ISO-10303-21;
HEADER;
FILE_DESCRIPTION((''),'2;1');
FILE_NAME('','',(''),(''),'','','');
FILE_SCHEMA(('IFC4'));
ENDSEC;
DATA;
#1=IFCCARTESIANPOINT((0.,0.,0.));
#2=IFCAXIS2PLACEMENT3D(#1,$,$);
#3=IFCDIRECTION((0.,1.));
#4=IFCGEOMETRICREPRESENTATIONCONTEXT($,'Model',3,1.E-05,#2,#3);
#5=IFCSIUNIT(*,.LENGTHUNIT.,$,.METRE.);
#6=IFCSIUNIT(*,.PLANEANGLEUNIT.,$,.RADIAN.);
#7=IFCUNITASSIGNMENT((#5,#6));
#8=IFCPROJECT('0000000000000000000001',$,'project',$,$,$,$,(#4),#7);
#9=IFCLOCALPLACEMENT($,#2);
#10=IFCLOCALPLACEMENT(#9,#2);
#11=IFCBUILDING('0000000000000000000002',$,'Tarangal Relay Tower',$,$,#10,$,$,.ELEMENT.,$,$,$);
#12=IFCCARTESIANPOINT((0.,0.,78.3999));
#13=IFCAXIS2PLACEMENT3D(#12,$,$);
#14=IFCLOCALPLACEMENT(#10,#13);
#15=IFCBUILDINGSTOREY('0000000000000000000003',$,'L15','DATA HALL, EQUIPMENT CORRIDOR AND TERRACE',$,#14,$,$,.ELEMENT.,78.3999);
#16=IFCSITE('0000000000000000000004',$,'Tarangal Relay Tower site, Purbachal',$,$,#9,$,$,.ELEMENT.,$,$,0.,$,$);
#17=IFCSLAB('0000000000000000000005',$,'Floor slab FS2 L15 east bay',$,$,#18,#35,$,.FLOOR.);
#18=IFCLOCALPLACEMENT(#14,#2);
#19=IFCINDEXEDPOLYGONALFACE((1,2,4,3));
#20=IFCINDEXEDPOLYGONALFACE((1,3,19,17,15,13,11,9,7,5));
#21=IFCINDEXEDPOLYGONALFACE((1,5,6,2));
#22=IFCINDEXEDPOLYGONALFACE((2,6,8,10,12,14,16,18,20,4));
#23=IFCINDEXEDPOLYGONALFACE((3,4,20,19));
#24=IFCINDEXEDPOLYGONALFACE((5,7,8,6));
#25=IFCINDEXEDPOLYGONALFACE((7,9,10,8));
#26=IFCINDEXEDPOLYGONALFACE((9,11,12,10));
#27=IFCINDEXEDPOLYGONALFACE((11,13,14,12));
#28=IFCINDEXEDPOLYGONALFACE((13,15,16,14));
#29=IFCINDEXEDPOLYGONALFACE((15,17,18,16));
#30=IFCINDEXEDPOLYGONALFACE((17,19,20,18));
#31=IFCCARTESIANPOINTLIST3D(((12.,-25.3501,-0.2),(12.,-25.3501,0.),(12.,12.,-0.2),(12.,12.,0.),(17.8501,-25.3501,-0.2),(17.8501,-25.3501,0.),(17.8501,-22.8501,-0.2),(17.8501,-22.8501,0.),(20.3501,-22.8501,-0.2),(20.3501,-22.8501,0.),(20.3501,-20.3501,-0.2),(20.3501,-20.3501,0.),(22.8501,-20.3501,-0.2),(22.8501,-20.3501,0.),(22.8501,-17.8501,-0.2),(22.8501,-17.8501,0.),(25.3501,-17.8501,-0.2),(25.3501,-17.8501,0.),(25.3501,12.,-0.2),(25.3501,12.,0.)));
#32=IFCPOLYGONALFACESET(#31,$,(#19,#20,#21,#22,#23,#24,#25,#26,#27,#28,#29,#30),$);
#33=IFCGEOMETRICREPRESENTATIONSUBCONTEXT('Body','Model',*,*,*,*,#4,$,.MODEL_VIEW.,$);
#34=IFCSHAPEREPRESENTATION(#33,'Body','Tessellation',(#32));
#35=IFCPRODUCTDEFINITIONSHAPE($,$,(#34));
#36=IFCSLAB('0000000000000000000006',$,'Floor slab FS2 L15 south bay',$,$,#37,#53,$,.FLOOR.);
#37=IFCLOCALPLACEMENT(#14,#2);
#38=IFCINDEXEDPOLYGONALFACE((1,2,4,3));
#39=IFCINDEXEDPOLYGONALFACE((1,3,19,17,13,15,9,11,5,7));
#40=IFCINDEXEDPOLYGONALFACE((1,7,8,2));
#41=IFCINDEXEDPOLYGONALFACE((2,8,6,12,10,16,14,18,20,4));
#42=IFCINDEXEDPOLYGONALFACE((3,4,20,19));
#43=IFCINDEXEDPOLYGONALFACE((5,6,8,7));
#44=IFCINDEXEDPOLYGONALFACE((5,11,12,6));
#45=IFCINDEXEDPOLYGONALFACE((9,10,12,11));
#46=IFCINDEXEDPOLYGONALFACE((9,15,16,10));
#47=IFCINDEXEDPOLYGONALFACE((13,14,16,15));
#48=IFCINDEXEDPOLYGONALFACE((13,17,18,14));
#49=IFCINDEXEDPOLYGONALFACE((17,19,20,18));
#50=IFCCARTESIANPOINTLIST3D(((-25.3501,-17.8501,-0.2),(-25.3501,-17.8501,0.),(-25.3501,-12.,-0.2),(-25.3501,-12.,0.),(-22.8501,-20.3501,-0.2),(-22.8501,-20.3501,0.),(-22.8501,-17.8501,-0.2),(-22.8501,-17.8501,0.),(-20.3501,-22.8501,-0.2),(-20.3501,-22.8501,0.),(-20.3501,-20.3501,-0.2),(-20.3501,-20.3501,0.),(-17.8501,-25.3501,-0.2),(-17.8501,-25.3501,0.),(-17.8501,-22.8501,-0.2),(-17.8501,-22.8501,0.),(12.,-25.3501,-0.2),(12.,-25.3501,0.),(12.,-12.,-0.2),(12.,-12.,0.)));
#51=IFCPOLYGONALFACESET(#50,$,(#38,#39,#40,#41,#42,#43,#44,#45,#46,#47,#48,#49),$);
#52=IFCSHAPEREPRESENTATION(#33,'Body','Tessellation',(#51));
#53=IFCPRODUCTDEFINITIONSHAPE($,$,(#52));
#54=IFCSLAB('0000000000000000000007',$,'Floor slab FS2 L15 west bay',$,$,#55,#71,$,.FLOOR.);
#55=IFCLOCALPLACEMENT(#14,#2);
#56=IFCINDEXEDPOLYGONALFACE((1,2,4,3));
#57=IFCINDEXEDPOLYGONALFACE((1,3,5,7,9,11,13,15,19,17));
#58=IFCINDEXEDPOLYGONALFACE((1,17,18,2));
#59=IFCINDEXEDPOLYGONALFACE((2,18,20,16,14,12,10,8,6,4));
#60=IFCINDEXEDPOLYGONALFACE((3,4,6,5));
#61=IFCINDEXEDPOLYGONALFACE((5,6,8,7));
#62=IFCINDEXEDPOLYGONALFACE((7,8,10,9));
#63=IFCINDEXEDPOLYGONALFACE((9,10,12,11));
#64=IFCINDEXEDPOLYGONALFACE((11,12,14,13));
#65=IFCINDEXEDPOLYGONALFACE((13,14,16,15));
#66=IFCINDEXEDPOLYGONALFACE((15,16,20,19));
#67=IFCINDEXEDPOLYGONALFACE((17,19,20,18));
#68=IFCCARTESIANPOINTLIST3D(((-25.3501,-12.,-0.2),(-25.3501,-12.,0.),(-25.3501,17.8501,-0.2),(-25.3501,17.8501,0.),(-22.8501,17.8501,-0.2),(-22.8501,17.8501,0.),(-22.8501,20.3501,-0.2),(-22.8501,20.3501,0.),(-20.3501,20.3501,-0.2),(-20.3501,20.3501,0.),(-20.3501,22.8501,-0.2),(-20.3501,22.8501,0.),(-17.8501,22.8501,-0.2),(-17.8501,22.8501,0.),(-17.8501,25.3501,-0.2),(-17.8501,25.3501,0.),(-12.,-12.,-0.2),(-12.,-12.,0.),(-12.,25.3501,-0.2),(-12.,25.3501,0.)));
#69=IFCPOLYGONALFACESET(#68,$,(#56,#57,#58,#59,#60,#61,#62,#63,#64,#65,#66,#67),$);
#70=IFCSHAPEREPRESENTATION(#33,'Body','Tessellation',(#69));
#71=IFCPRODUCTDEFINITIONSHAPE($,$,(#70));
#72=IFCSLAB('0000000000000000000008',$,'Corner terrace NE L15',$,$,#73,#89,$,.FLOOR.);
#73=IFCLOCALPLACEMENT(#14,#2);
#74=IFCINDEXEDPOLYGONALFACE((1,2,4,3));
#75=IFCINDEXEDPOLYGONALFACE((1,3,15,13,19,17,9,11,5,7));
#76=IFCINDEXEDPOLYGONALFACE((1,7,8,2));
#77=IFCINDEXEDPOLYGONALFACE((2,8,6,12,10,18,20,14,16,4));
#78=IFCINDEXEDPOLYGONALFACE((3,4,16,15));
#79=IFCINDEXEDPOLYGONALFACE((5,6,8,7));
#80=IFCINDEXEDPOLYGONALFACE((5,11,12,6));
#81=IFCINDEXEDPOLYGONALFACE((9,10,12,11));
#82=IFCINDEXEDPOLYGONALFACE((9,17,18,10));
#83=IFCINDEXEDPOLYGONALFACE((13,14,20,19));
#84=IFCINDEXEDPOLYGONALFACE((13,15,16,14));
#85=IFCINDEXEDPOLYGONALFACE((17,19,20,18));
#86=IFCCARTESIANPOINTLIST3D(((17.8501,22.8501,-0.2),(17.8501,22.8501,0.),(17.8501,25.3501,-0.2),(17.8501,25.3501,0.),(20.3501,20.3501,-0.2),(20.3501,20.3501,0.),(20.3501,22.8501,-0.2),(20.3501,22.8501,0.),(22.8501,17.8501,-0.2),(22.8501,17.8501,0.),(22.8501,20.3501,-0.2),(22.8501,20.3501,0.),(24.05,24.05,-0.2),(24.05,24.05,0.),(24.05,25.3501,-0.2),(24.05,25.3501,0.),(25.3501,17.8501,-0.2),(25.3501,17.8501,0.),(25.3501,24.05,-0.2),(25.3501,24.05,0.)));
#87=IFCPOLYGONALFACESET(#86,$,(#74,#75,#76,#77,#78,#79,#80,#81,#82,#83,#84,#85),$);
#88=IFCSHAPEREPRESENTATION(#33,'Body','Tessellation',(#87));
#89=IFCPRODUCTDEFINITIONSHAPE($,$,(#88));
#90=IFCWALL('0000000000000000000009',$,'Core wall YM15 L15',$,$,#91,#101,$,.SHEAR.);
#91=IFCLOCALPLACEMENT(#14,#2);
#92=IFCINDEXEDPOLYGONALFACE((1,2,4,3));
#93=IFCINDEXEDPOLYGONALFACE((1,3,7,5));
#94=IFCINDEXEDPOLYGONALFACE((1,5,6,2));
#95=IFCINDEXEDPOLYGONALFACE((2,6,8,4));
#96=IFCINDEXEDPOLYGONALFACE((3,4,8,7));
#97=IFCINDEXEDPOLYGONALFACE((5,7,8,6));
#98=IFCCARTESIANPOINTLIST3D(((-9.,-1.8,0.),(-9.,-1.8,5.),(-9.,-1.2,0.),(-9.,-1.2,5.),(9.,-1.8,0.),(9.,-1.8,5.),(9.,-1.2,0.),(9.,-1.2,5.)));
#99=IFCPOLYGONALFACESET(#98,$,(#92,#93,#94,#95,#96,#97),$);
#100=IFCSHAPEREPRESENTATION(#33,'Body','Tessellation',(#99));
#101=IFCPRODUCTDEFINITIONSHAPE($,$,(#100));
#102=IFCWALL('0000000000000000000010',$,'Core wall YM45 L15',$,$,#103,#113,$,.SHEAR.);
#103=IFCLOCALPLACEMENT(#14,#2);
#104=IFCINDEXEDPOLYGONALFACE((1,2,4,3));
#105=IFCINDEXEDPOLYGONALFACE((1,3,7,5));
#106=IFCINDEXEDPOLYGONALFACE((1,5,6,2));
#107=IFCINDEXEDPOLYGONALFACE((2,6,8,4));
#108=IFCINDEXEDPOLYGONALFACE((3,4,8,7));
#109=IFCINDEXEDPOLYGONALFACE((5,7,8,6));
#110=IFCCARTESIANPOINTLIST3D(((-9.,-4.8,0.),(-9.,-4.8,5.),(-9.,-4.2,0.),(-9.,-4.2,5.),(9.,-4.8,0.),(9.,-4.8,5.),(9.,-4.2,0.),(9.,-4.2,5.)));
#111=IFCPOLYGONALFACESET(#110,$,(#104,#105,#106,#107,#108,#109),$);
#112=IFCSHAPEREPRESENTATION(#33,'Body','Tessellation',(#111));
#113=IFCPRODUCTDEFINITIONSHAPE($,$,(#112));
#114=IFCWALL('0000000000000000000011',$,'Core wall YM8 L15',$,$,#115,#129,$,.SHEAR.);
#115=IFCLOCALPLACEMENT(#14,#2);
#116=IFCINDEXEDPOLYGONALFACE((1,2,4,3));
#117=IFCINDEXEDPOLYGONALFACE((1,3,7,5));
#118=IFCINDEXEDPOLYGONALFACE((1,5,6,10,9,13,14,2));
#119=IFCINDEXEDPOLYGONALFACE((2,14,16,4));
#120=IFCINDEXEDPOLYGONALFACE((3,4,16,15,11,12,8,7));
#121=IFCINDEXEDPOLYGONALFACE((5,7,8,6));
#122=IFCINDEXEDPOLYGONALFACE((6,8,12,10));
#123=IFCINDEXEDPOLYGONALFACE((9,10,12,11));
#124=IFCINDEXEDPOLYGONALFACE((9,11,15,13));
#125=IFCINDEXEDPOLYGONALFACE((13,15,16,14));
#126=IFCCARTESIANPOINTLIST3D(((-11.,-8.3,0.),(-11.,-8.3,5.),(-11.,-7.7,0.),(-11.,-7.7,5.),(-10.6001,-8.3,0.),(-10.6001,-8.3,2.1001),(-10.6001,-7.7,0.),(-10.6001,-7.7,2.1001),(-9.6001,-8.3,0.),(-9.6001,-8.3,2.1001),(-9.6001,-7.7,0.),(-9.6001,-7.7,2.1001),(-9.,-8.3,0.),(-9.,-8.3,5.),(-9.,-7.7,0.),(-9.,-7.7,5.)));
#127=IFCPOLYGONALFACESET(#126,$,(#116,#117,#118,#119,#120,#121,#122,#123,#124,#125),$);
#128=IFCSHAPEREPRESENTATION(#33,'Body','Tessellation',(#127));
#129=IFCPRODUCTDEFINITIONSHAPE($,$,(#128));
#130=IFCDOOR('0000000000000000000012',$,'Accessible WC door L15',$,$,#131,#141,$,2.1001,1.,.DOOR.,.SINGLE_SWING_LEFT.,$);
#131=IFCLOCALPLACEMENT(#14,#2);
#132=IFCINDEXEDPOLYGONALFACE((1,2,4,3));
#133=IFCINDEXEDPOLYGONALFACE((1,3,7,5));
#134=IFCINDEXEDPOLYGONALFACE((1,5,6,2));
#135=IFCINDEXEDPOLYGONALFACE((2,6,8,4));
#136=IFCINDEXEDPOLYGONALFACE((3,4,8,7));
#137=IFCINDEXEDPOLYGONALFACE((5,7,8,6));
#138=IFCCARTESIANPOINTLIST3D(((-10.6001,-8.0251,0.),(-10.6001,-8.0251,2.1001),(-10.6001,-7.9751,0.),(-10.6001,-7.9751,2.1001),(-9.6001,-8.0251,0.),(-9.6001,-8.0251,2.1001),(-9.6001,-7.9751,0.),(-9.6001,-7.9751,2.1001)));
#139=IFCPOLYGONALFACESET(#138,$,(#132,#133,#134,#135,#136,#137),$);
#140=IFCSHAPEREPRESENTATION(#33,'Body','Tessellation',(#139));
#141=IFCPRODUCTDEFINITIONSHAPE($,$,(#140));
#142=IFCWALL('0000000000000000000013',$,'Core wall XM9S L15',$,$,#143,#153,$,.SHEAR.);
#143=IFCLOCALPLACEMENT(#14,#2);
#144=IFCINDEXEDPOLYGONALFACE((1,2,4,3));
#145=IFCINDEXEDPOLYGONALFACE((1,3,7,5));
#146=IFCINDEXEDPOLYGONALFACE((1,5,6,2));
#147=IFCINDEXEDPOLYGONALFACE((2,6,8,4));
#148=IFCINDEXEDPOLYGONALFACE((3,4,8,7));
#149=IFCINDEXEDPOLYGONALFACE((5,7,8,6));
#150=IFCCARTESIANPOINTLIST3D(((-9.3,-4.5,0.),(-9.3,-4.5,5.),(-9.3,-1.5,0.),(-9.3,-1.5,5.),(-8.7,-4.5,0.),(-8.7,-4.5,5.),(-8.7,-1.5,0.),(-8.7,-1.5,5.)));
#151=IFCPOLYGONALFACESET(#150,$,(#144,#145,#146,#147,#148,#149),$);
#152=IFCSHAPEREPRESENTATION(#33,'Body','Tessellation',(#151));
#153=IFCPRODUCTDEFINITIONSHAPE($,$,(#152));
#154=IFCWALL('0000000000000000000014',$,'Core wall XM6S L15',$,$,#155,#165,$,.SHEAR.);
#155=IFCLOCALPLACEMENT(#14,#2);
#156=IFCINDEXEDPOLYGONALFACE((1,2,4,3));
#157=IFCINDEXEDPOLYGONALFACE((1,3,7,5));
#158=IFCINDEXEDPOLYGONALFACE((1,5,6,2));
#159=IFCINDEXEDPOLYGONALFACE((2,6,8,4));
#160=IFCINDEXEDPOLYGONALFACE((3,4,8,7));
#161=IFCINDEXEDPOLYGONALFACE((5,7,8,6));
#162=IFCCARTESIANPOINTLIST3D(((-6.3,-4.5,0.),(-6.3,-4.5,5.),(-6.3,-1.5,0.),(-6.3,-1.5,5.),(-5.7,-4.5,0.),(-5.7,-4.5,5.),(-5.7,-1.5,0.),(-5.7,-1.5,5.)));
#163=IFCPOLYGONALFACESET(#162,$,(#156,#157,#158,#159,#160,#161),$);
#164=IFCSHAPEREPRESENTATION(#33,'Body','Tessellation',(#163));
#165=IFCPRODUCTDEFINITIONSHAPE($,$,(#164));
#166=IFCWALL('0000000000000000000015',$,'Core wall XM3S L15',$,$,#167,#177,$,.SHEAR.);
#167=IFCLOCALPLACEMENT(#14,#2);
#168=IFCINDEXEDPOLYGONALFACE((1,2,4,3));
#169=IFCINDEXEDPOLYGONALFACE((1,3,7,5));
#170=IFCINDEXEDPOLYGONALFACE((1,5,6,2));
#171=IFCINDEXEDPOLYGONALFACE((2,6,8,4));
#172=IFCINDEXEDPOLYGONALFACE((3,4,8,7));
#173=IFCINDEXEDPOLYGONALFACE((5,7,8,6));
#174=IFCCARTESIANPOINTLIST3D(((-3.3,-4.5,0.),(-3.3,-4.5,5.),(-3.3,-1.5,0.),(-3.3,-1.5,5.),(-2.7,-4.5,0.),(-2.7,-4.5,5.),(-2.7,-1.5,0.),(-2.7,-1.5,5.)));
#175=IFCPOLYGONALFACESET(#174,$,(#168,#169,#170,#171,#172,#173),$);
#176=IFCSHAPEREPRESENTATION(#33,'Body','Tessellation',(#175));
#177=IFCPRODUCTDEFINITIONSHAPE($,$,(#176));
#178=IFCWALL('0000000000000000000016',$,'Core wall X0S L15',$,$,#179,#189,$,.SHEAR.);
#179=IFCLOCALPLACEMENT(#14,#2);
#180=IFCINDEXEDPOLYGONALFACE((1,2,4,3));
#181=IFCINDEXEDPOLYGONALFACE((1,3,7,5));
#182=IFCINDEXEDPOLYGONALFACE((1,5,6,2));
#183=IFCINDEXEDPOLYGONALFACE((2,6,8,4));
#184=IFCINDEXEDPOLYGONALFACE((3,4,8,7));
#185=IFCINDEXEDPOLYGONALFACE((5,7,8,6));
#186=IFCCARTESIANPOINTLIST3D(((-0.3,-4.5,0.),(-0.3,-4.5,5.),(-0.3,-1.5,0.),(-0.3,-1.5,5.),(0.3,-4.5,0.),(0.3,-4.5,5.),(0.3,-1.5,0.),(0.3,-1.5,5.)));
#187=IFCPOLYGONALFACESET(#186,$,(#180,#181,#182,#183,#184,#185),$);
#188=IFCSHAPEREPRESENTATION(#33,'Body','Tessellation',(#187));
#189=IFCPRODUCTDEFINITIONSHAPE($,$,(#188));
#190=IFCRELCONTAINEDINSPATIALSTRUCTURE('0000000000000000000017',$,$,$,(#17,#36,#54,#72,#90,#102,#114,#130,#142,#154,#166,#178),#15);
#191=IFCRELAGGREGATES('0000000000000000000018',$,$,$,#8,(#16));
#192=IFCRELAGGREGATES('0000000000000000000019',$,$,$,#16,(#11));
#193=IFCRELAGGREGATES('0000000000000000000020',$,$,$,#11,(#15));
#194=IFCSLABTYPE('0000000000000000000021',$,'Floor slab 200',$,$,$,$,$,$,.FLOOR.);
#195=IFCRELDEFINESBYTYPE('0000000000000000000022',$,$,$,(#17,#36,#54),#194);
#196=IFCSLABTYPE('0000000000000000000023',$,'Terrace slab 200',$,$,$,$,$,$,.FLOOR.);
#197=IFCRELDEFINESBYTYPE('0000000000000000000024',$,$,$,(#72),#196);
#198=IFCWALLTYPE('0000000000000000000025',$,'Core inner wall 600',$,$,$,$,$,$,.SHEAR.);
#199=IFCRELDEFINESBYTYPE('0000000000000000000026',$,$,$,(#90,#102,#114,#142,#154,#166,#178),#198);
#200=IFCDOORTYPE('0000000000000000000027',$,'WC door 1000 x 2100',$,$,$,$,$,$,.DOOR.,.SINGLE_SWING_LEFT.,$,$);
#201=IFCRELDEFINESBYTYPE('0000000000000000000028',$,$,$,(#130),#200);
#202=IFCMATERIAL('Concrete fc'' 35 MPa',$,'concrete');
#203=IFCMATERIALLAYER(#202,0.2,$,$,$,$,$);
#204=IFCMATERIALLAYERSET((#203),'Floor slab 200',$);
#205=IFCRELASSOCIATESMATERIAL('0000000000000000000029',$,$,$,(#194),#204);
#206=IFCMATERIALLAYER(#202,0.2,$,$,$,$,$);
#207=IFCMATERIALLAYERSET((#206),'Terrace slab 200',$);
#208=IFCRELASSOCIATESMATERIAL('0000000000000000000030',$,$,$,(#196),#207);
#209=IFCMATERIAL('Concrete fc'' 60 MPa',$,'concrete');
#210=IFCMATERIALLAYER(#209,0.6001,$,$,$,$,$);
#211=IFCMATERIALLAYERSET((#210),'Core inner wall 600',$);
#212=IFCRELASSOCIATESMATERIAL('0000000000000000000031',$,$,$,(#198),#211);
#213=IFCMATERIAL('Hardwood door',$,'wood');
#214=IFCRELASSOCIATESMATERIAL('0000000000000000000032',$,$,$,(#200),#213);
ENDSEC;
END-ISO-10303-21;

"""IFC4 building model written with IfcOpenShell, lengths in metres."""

from ifc_helpers import new_model, si_unit, direction, frame, frame_2d, origin, place, context, subcontext, project, spatial, polyline, rectangle, outline, extrude, material, layer, layer_set, type_object, element, fill, save


model = new_model("IFC4")

# Units and contexts
model_context = context("Model", 3, precision=1e-05, world=origin(), true_north=direction((0.0, 1.0)))
body_context = subcontext(model_context, "Body", "Model", "MODEL_VIEW")
ifc_project = project(units=[si_unit("LENGTHUNIT", "METRE"), si_unit("PLANEANGLEUNIT", "RADIAN")], contexts=[model_context])

# Site, building, storey
site_placement = place(None, origin())
site = spatial("IfcSite", under=ifc_project, at=site_placement, Name="Tarangal Relay Tower site, Purbachal", CompositionType="ELEMENT", RefElevation=0.0)
building_placement = place(site_placement, origin())
building = spatial("IfcBuilding", under=site, at=building_placement, Name="Tarangal Relay Tower", CompositionType="ELEMENT")
storey_placement = place(building_placement, frame((0.0, 0.0, 78.3999)))
storey = spatial("IfcBuildingStorey", under=building, at=storey_placement, Name="L15", Description="DATA HALL, EQUIPMENT CORRIDOR AND TERRACE", CompositionType="ELEMENT", Elevation=78.3999)

# Slabs
ifc_material_1 = material(Name="Concrete fc' 35 MPa", Category="concrete")
ifc_layer_1 = layer(ifc_material_1, 0.2)
ifc_layer_set_1 = layer_set([ifc_layer_1], Name="Floor slab 200")
slab_type_1 = type_object("IfcSlabType", Name="Floor slab 200", PredefinedType="FLOOR", material=ifc_layer_set_1)
slab_1_placement = place(storey_placement, frame((0.0, 0.0, -0.2)))
element("IfcSlab", 1, at=slab_1_placement, inside=storey, type_object=slab_type_1, Name="Floor slab FS2 L15 east bay", PredefinedType="FLOOR", context=body_context, shape_type="SweptSolid", body=[
    extrude(outline(polyline([(25.3501, -17.8501), (22.8501, -17.8501), (22.8501, -20.3501), (20.3501, -20.3501), (20.3501, -22.8501), (17.8501, -22.8501), (17.8501, -25.3501), (12.0, -25.3501), (12.0, 12.0), (25.3501, 12.0), (25.3501, -17.8501)])), origin(), (0.0, 0.0, 1.0), 0.2),
])
slab_2_placement = place(storey_placement, frame((0.0, 0.0, -0.2)))
element("IfcSlab", 2, at=slab_2_placement, inside=storey, type_object=slab_type_1, Name="Floor slab FS2 L15 south bay", PredefinedType="FLOOR", context=body_context, shape_type="SweptSolid", body=[
    extrude(outline(polyline([(-17.8501, -25.3501), (-17.8501, -22.8501), (-20.3501, -22.8501), (-20.3501, -20.3501), (-22.8501, -20.3501), (-22.8501, -17.8501), (-25.3501, -17.8501), (-25.3501, -12.0), (12.0, -12.0), (12.0, -25.3501), (-17.8501, -25.3501)])), origin(), (0.0, 0.0, 1.0), 0.2),
])
slab_3_placement = place(storey_placement, frame((0.0, 0.0, -0.2)))
element("IfcSlab", 3, at=slab_3_placement, inside=storey, type_object=slab_type_1, Name="Floor slab FS2 L15 west bay", PredefinedType="FLOOR", context=body_context, shape_type="SweptSolid", body=[
    extrude(outline(polyline([(-12.0, 25.3501), (-12.0, -12.0), (-25.3501, -12.0), (-25.3501, 17.8501), (-22.8501, 17.8501), (-22.8501, 20.3501), (-20.3501, 20.3501), (-20.3501, 22.8501), (-17.8501, 22.8501), (-17.8501, 25.3501), (-12.0, 25.3501)])), origin(), (0.0, 0.0, 1.0), 0.2),
])
ifc_layer_2 = layer(ifc_material_1, 0.2)
ifc_layer_set_2 = layer_set([ifc_layer_2], Name="Terrace slab 200")
slab_type_2 = type_object("IfcSlabType", Name="Terrace slab 200", PredefinedType="FLOOR", material=ifc_layer_set_2)
slab_4_placement = place(storey_placement, frame((0.0, 0.0, -0.2)))
element("IfcSlab", 4, at=slab_4_placement, inside=storey, type_object=slab_type_2, Name="Corner terrace NE L15", PredefinedType="FLOOR", context=body_context, shape_type="SweptSolid", body=[
    extrude(outline(polyline([(17.8501, 25.3501), (17.8501, 22.8501), (20.3501, 22.8501), (20.3501, 20.3501), (22.8501, 20.3501), (22.8501, 17.8501), (25.3501, 17.8501), (25.3501, 24.05), (24.05, 24.05), (24.05, 25.3501), (17.8501, 25.3501)])), origin(), (0.0, 0.0, 1.0), 0.2),
])

# Walls
ifc_material_2 = material(Name="Concrete fc' 60 MPa", Category="concrete")
ifc_layer_3 = layer(ifc_material_2, 0.6001)
ifc_layer_set_3 = layer_set([ifc_layer_3], Name="Core inner wall 600")
wall_type_1 = type_object("IfcWallType", Name="Core inner wall 600", PredefinedType="SHEAR", material=ifc_layer_set_3)
for number, where, z_axis, x_axis, name in (
    (5, (-9.0, -1.5, 0.0), (0.0, 0.0, 1.0), (1.0, 0.0, 0.0), "Core wall YM15 L15"),
    (6, (-9.0, -4.5, 0.0), (0.0, 0.0, 1.0), (1.0, 0.0, 0.0), "Core wall YM45 L15"),
):
    element("IfcWall", number, at=place(storey_placement, frame(where, z_axis=z_axis, x_axis=x_axis)), inside=storey, type_object=wall_type_1, Name=name, PredefinedType="SHEAR", context=body_context, shape_type="SweptSolid", body=[
        extrude(rectangle(XDim=18.0, YDim=0.6001, at=frame_2d((9.0, 0.0))), origin(), (0.0, 0.0, 1.0), 5.0),
    ])

# Wall, opening, door
wall_1_placement = place(storey_placement, frame((-11.0, -8.0, 0.0), z_axis=(0.0, 0.0, 1.0), x_axis=(1.0, 0.0, 0.0)))
wall_1 = element("IfcWall", 7, at=wall_1_placement, inside=storey, type_object=wall_type_1, Name="Core wall YM8 L15", PredefinedType="SHEAR", context=body_context, shape_type="SweptSolid", body=[
    extrude(rectangle(XDim=2.0, YDim=0.6001, at=frame_2d((1.0, 0.0))), origin(), (0.0, 0.0, 1.0), 5.0),
])
opening_1_placement = place(wall_1_placement, frame((0.3999, 0.0, 0.0)))
opening_1 = element("IfcOpeningElement", 8, at=opening_1_placement, cuts=wall_1, PredefinedType="OPENING", context=body_context, shape_type="SweptSolid", body=[
    extrude(rectangle(XDim=1.0, YDim=2.1001, at=frame_2d((0.5, 1.05))), frame((0.0, 0.3101, 0.0), z_axis=(0.0, -1.0, 0.0), x_axis=(1.0, 0.0, 0.0)), (0.0, 0.0, 1.0), 0.6201),
])
ifc_material_3 = material(Name="Hardwood door", Category="wood")
door_type = type_object("IfcDoorType", Name="WC door 1000 x 2100", OperationType="SINGLE_SWING_LEFT", PredefinedType="DOOR", material=ifc_material_3)
door_1_placement = place(opening_1_placement, origin())
door_1 = element("IfcDoor", 9, at=door_1_placement, inside=storey, type_object=door_type, Name="Accessible WC door L15", OperationType="SINGLE_SWING_LEFT", OverallHeight=2.1001, OverallWidth=1.0, PredefinedType="DOOR", context=body_context, shape_type="SweptSolid", body=[
    extrude(rectangle(XDim=1.0, YDim=2.1001, at=frame_2d((0.5, 1.05))), frame((0.0, 0.0249, 0.0), z_axis=(0.0, -1.0, 0.0), x_axis=(1.0, 0.0, 0.0)), (0.0, 0.0, 1.0), 0.05),
])
fill(opening_1, door_1)

# Walls
for number, where, z_axis, x_axis, name in (
    (10, (-9.0, -4.5, 0.0), (0.0, 0.0, 1.0), (0.0, 1.0, 0.0), "Core wall XM9S L15"),
    (11, (-6.0, -4.5, 0.0), (0.0, 0.0, 1.0), (0.0, 1.0, 0.0), "Core wall XM6S L15"),
    (12, (-3.0, -4.5, 0.0), (0.0, 0.0, 1.0), (0.0, 1.0, 0.0), "Core wall XM3S L15"),
    (13, (0.0, -4.5, 0.0), (0.0, 0.0, 1.0), (0.0, 1.0, 0.0), "Core wall X0S L15"),
):
    element("IfcWall", number, at=place(storey_placement, frame(where, z_axis=z_axis, x_axis=x_axis)), inside=storey, type_object=wall_type_1, Name=name, PredefinedType="SHEAR", context=body_context, shape_type="SweptSolid", body=[
        extrude(rectangle(XDim=3.0, YDim=0.6001, at=frame_2d((1.5, 0.0))), origin(), (0.0, 0.0, 1.0), 5.0),
    ])

save(model, "model.ifc")
